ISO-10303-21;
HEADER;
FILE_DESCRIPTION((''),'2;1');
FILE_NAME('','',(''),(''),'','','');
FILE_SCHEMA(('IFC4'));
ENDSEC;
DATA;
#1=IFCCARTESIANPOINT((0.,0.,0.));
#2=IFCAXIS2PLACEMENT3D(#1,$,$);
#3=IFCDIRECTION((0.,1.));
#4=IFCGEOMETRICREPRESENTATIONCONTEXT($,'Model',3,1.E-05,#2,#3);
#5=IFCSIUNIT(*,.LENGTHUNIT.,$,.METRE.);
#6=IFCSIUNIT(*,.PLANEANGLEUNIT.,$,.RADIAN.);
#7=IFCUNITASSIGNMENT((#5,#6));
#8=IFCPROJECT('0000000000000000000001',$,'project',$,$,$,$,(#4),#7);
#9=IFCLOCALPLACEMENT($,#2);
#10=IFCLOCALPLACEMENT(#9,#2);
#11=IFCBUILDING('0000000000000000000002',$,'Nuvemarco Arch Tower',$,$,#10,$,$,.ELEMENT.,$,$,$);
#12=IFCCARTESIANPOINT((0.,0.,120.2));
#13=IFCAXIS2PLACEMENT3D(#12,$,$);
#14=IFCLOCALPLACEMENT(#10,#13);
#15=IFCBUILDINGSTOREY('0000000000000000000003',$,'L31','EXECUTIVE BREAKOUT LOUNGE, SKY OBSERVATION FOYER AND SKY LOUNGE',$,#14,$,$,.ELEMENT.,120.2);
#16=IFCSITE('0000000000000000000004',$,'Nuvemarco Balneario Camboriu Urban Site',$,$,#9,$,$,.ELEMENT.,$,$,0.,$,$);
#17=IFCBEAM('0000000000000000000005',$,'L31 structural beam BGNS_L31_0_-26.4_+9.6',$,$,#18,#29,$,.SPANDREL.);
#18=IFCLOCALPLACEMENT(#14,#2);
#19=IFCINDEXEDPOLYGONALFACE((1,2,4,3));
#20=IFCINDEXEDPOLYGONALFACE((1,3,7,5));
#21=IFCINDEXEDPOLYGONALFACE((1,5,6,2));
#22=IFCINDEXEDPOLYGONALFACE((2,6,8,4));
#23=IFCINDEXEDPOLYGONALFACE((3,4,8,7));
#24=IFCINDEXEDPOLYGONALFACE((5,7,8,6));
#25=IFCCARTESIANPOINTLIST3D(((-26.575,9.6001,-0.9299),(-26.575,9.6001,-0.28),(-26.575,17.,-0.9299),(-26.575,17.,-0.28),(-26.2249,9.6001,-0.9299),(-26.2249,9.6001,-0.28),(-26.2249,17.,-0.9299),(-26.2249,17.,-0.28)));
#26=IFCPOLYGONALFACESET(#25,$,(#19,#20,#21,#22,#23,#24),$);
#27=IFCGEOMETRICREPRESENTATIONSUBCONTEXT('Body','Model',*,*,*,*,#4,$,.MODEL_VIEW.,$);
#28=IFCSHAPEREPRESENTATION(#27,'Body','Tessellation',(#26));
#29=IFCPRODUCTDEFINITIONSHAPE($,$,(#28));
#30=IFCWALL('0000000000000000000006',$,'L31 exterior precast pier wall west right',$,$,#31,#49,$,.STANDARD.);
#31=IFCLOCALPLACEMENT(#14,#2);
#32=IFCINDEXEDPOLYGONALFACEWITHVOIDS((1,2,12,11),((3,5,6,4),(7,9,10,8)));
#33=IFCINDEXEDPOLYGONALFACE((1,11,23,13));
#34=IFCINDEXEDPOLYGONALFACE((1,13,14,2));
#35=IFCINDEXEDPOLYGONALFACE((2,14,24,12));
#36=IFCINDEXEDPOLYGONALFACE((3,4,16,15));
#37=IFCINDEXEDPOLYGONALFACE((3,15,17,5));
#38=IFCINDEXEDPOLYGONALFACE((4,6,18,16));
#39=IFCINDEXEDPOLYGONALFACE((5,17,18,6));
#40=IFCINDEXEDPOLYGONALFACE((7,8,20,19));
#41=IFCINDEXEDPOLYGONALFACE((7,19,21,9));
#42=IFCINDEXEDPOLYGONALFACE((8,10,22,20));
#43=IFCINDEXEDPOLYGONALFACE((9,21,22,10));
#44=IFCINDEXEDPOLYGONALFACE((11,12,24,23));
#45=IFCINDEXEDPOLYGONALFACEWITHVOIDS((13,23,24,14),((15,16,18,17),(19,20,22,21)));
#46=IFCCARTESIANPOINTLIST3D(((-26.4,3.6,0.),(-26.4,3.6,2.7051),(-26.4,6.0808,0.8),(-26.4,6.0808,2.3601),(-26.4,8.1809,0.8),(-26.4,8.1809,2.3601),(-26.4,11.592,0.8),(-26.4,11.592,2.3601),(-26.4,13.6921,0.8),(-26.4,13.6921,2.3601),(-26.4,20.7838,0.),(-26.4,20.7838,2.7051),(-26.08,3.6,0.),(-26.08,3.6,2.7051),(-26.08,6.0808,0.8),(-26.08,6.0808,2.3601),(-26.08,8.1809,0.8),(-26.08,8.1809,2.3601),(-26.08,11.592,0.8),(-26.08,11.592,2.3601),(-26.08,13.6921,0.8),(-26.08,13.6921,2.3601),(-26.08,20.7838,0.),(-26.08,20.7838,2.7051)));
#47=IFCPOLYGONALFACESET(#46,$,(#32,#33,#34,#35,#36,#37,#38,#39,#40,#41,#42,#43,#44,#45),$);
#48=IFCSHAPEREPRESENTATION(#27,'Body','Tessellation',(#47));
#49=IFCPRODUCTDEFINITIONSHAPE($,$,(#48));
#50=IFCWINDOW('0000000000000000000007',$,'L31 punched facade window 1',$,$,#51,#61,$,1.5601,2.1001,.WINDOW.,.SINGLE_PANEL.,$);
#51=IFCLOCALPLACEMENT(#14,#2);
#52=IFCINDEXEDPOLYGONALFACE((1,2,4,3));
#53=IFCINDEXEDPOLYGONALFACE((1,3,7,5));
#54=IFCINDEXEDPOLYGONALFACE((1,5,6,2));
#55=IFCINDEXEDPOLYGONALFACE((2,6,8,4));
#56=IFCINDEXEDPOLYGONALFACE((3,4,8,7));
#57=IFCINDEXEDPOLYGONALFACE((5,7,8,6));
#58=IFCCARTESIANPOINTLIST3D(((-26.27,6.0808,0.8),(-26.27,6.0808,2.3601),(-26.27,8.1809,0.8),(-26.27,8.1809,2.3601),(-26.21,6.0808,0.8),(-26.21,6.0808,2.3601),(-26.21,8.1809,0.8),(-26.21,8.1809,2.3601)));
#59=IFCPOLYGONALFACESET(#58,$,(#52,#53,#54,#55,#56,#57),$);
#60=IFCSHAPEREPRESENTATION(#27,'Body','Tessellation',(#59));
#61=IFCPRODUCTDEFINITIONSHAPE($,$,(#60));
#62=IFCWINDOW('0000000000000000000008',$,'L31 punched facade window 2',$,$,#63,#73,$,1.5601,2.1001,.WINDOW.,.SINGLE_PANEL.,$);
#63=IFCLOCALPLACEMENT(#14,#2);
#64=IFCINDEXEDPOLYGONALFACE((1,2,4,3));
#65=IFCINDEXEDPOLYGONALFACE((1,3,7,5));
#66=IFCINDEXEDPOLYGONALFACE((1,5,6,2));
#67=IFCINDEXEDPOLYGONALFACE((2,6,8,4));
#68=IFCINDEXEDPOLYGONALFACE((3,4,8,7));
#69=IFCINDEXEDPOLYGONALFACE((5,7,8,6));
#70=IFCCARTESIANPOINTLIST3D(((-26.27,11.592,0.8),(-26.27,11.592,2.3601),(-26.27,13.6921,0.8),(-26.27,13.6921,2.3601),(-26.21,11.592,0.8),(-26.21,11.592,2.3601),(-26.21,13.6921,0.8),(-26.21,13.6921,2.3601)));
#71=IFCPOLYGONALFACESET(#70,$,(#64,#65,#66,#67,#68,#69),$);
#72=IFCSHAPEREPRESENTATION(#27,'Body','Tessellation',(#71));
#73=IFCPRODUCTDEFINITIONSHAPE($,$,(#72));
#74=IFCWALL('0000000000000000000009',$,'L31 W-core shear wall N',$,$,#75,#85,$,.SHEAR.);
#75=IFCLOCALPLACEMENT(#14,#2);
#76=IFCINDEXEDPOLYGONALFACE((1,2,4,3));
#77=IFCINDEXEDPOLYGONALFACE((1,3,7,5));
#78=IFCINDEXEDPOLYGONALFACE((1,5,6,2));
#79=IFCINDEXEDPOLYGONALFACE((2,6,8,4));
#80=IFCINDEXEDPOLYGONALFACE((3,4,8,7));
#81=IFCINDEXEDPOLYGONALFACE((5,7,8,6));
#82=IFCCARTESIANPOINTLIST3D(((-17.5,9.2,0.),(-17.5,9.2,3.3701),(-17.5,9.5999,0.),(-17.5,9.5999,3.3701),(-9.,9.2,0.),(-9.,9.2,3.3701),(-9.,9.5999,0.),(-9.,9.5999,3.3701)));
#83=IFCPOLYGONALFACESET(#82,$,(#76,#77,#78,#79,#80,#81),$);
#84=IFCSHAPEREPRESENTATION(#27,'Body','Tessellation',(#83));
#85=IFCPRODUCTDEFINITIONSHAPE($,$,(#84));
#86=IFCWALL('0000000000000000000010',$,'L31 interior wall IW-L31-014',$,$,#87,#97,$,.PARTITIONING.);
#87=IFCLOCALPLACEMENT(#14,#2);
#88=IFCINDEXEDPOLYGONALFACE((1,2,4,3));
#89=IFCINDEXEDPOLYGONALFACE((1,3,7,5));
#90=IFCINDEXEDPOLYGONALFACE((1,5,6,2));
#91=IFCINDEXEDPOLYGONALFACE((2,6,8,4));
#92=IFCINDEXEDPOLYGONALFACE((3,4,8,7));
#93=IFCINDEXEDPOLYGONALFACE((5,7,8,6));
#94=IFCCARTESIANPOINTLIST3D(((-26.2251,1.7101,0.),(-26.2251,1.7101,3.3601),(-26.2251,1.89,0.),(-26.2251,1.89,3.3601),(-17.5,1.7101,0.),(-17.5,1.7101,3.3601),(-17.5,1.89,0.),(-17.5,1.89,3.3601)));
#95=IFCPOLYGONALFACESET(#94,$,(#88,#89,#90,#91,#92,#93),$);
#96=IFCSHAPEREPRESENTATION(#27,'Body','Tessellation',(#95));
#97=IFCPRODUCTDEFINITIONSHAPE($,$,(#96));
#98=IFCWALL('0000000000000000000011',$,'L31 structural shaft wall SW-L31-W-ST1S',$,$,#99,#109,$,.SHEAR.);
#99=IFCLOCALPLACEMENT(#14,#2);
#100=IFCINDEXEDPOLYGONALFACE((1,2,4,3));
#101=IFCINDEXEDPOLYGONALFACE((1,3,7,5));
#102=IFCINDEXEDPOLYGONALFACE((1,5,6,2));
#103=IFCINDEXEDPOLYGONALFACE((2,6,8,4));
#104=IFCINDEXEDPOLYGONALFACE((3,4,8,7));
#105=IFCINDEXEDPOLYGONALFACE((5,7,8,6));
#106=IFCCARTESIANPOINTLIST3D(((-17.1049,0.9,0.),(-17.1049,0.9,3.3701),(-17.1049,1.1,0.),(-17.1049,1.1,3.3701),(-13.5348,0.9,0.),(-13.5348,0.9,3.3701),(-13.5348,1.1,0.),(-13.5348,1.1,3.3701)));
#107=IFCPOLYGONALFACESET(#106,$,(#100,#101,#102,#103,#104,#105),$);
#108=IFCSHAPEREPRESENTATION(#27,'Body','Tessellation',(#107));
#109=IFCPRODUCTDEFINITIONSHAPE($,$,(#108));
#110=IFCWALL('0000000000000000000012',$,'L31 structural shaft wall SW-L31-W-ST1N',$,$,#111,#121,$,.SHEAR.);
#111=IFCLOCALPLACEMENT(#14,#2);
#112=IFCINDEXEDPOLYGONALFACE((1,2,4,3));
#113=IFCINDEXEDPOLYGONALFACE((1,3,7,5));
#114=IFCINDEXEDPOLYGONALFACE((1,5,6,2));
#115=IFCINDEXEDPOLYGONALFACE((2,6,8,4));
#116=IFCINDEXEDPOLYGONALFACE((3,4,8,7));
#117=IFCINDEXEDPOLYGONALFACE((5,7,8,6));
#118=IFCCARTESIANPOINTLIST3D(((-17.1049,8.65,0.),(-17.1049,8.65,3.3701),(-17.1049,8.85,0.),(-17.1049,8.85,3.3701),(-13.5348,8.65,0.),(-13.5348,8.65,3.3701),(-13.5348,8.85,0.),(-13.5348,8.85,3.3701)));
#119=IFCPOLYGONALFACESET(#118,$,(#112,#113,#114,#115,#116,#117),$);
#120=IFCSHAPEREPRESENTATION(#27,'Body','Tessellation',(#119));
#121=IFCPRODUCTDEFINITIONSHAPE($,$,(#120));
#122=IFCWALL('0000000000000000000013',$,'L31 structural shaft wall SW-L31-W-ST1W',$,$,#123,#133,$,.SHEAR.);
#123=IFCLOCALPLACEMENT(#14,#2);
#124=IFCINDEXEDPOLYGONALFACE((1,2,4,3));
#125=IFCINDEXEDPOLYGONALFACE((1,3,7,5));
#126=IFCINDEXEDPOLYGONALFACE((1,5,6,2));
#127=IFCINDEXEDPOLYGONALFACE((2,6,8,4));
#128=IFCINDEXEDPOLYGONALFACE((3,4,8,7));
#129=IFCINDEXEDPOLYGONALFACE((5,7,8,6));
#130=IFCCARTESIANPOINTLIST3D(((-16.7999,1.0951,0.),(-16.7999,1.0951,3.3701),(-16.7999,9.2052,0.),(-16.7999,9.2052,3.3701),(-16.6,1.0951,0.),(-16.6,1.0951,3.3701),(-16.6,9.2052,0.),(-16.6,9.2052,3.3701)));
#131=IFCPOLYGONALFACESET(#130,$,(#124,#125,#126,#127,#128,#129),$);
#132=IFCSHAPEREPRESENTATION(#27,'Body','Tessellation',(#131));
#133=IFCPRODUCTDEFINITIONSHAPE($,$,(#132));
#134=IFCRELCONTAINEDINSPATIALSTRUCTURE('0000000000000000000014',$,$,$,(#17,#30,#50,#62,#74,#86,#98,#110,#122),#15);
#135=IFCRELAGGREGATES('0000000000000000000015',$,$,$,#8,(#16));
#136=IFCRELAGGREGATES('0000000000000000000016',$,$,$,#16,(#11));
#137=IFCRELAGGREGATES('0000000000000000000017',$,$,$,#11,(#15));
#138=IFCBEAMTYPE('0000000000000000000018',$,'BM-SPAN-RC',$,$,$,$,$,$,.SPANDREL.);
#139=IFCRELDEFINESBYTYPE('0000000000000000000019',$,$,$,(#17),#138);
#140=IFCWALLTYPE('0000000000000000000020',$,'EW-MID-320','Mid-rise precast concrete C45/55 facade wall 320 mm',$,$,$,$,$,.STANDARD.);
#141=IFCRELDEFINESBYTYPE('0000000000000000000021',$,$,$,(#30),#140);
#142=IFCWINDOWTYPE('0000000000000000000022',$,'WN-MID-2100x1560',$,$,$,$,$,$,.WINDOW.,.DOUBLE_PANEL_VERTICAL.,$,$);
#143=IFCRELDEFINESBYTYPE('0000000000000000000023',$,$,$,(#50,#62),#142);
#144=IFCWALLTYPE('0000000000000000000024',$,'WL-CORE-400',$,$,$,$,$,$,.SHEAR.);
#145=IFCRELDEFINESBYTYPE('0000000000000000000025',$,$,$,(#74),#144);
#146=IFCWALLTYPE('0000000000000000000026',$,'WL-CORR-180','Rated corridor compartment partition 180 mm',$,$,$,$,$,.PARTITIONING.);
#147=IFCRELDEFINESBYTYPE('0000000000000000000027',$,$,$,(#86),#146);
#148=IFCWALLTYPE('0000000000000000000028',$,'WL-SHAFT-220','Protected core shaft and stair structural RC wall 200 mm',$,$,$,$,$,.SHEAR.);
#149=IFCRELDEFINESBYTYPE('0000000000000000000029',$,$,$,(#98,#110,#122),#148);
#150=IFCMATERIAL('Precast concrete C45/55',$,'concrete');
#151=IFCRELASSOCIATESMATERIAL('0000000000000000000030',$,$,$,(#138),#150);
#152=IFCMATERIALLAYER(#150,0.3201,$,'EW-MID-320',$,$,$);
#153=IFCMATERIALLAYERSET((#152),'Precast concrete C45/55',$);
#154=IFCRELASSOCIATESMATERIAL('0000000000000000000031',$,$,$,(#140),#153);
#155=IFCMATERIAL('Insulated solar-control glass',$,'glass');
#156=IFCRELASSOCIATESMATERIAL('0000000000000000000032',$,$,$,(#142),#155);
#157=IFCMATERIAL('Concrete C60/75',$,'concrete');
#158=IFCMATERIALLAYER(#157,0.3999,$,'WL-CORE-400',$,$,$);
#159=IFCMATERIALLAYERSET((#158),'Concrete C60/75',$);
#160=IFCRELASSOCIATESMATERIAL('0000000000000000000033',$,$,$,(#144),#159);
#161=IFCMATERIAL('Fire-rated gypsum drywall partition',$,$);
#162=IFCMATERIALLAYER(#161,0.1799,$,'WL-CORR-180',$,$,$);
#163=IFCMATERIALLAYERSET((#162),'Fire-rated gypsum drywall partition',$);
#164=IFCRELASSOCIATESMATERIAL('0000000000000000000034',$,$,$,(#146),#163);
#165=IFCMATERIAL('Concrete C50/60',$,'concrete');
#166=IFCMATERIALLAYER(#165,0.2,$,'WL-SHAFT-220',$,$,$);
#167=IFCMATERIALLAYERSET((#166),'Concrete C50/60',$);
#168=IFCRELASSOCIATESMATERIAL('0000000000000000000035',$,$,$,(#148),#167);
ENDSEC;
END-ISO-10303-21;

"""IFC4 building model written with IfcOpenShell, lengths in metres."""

from ifc_helpers import new_model, si_unit, direction, frame, frame_2d, origin, origin_2d, place, context, subcontext, project, spatial, rectangle, extrude, source, transform, mapped, material, layer, layer_set, material_profile, profile_set, type_object, type_shapes, element, fill, save


model = new_model("IFC4")

# Units and contexts
model_context = context("Model", 3, precision=1e-05, world=origin(), true_north=direction((0.0, 1.0)))
body_context = subcontext(model_context, "Body", "Model", "MODEL_VIEW")
ifc_project = project(units=[si_unit("LENGTHUNIT", "METRE"), si_unit("PLANEANGLEUNIT", "RADIAN")], contexts=[model_context])

# Site, building, storey
site_placement = place(None, origin())
site = spatial("IfcSite", under=ifc_project, at=site_placement, Name="Nuvemarco Balneario Camboriu Urban Site", CompositionType="ELEMENT", RefElevation=0.0)
building_placement = place(site_placement, origin())
building = spatial("IfcBuilding", under=site, at=building_placement, Name="Nuvemarco Arch Tower", CompositionType="ELEMENT")
storey_placement = place(building_placement, frame((0.0, 0.0, 120.2)))
storey = spatial("IfcBuildingStorey", under=building, at=storey_placement, Name="L31", Description="EXECUTIVE BREAKOUT LOUNGE, SKY OBSERVATION FOYER AND SKY LOUNGE", CompositionType="ELEMENT", Elevation=120.2)

# Shared definitions
ifc_material_1 = material(Name="Concrete C60/75", Category="concrete")

# Beam
ifc_material_2 = material(Name="Precast concrete C45/55", Category="concrete")
ifc_material_profile_1 = material_profile(ifc_material_2, rectangle(XDim=0.3501, YDim=0.6499, at=origin_2d()), Name="PC-SP-350x650")
ifc_profile_set_1 = profile_set([ifc_material_profile_1], Name="Precast concrete C45/55")
beam_type_1 = type_object("IfcBeamType", Name="BM-SPAN-RC", PredefinedType="SPANDREL", material=ifc_profile_set_1)
beam_1_placement = place(storey_placement, frame((-26.3999, 9.6001, -0.605), z_axis=(0.0, 1.0, 0.0), x_axis=(-1.0, 0.0, 0.0)))
element("IfcBeam", 1, at=beam_1_placement, inside=storey, type_object=beam_type_1, Name="L31 structural beam BGNS_L31_0_-26.4_+9.6", PredefinedType="SPANDREL", context=body_context, shape_type="SweptSolid", body=[
    extrude(rectangle(XDim=0.3501, YDim=0.6499, at=origin_2d()), origin(), (0.0, 0.0, 1.0), 7.3999),
])

# Wall, openings, windows
ifc_layer_1 = layer(ifc_material_2, 0.3201, Name="EW-MID-320")
ifc_layer_set_1 = layer_set([ifc_layer_1], Name="Precast concrete C45/55")
wall_type_1 = type_object("IfcWallType", Name="EW-MID-320", Description="Mid-rise precast concrete C45/55 facade wall 320 mm", PredefinedType="STANDARD", material=ifc_layer_set_1)
wall_1_placement = place(storey_placement, frame((-26.24, 3.6001, 0.0), z_axis=(0.0, 0.0, 1.0), x_axis=(0.0, 1.0, 0.0)))
wall_1 = element("IfcWall", 2, at=wall_1_placement, inside=storey, type_object=wall_type_1, Name="L31 exterior precast pier wall west right", PredefinedType="STANDARD", context=body_context, shape_type="SweptSolid", body=[
    extrude(rectangle(XDim=17.1838, YDim=0.3201, at=frame_2d((8.5918, 0.0))), origin(), (0.0, 0.0, 1.0), 2.7051),
])
opening_1_placement = place(wall_1_placement, frame((2.4807, 0.0, 0.8)))
opening_1 = element("IfcOpeningElement", 3, at=opening_1_placement, cuts=wall_1, PredefinedType="OPENING", context=body_context, shape_type="SweptSolid", body=[
    extrude(rectangle(XDim=2.1001, YDim=1.5601, at=frame_2d((1.05, 0.78))), frame((0.0, 0.1699, 0.0), z_axis=(0.0, -1.0, 0.0), x_axis=(1.0, 0.0, 0.0)), (0.0, 0.0, 1.0), 0.3401),
])
opening_2_placement = place(wall_1_placement, frame((7.9919, 0.0, 0.8)))
opening_2 = element("IfcOpeningElement", 4, at=opening_2_placement, cuts=wall_1, PredefinedType="OPENING", context=body_context, shape_type="SweptSolid", body=[
    extrude(rectangle(XDim=2.1001, YDim=1.5601, at=frame_2d((1.05, 0.78))), frame((0.0, 0.1699, 0.0), z_axis=(0.0, -1.0, 0.0), x_axis=(1.0, 0.0, 0.0)), (0.0, 0.0, 1.0), 0.3401),
])
ifc_material_3 = material(Name="Insulated solar-control glass", Category="glass")
window_type = type_object("IfcWindowType", Name="WN-MID-2100x1560", PartitioningType="DOUBLE_PANEL_VERTICAL", PredefinedType="WINDOW", material=ifc_material_3)
shared_shape_1 = source(origin(), body_context, "Body", "SweptSolid", [
    extrude(rectangle(XDim=2.1001, YDim=1.5601, at=frame_2d((1.05, 0.78))), frame((0.0, 0.03, 0.0), z_axis=(0.0, -1.0, 0.0), x_axis=(1.0, 0.0, 0.0)), (0.0, 0.0, 1.0), 0.0601),
])
type_shapes(window_type, [shared_shape_1])
window_1_placement = place(opening_1_placement, origin())
window_1 = element("IfcWindow", 5, at=window_1_placement, inside=storey, type_object=window_type, Name="L31 punched facade window 1", OverallHeight=1.5601, OverallWidth=2.1001, PartitioningType="SINGLE_PANEL", PredefinedType="WINDOW", context=body_context, shape_type="MappedRepresentation", body=[
    mapped(shared_shape_1, transform((0.0, 0.0, 0.0), scale=1.0)),
])
fill(opening_1, window_1)
window_2_placement = place(opening_2_placement, origin())
window_2 = element("IfcWindow", 6, at=window_2_placement, inside=storey, type_object=window_type, Name="L31 punched facade window 2", OverallHeight=1.5601, OverallWidth=2.1001, PartitioningType="SINGLE_PANEL", PredefinedType="WINDOW", context=body_context, shape_type="MappedRepresentation", body=[
    mapped(shared_shape_1, transform((0.0, 0.0, 0.0), scale=1.0)),
])
fill(opening_2, window_2)

# Walls
ifc_layer_2 = layer(ifc_material_1, 0.3999, Name="WL-CORE-400")
ifc_layer_set_2 = layer_set([ifc_layer_2], Name="Concrete C60/75")
wall_type_2 = type_object("IfcWallType", Name="WL-CORE-400", PredefinedType="SHEAR", material=ifc_layer_set_2)
wall_2_placement = place(storey_placement, frame((-17.5, 9.3999, 0.0), z_axis=(0.0, 0.0, 1.0), x_axis=(1.0, 0.0, 0.0)))
element("IfcWall", 7, at=wall_2_placement, inside=storey, type_object=wall_type_2, Name="L31 W-core shear wall N", PredefinedType="SHEAR", context=body_context, shape_type="SweptSolid", body=[
    extrude(rectangle(XDim=8.5, YDim=0.3999, at=frame_2d((4.25, 0.0))), origin(), (0.0, 0.0, 1.0), 3.3701),
])
ifc_material_4 = material(Name="Fire-rated gypsum drywall partition")
ifc_layer_3 = layer(ifc_material_4, 0.1799, Name="WL-CORR-180")
ifc_layer_set_3 = layer_set([ifc_layer_3], Name="Fire-rated gypsum drywall partition")
wall_type_3 = type_object("IfcWallType", Name="WL-CORR-180", Description="Rated corridor compartment partition 180 mm", PredefinedType="PARTITIONING", material=ifc_layer_set_3)
wall_3_placement = place(storey_placement, frame((-26.2251, 1.8, 0.0), z_axis=(0.0, 0.0, 1.0), x_axis=(1.0, 0.0, 0.0)))
element("IfcWall", 8, at=wall_3_placement, inside=storey, type_object=wall_type_3, Name="L31 interior wall IW-L31-014", PredefinedType="PARTITIONING", context=body_context, shape_type="SweptSolid", body=[
    extrude(rectangle(XDim=8.7251, YDim=0.1799, at=frame_2d((4.3625, 0.0))), origin(), (0.0, 0.0, 1.0), 3.3601),
])
ifc_material_5 = material(Name="Concrete C50/60", Category="concrete")
ifc_layer_4 = layer(ifc_material_5, 0.2, Name="WL-SHAFT-220")
ifc_layer_set_4 = layer_set([ifc_layer_4], Name="Concrete C50/60")
wall_type_4 = type_object("IfcWallType", Name="WL-SHAFT-220", Description="Protected core shaft and stair structural RC wall 200 mm", PredefinedType="SHEAR", material=ifc_layer_set_4)
for number, where, z_axis, x_axis, name in (
    (9, (-17.105, 1.0, 0.0), (0.0, 0.0, 1.0), (1.0, 0.0, 0.0), "L31 structural shaft wall SW-L31-W-ST1S"),
    (10, (-17.105, 8.75, 0.0), (0.0, 0.0, 1.0), (1.0, 0.0, 0.0), "L31 structural shaft wall SW-L31-W-ST1N"),
):
    element("IfcWall", number, at=place(storey_placement, frame(where, z_axis=z_axis, x_axis=x_axis)), inside=storey, type_object=wall_type_4, Name=name, PredefinedType="SHEAR", context=body_context, shape_type="SweptSolid", body=[
        extrude(rectangle(XDim=3.5701, YDim=0.2, at=frame_2d((1.7852, 0.0))), origin(), (0.0, 0.0, 1.0), 3.3701),
    ])
wall_4_placement = place(storey_placement, frame((-16.7, 1.095, 0.0), z_axis=(0.0, 0.0, 1.0), x_axis=(0.0, 1.0, 0.0)))
element("IfcWall", 11, at=wall_4_placement, inside=storey, type_object=wall_type_4, Name="L31 structural shaft wall SW-L31-W-ST1W", PredefinedType="SHEAR", context=body_context, shape_type="SweptSolid", body=[
    extrude(rectangle(XDim=8.1101, YDim=0.2, at=frame_2d((4.0552, 0.0))), origin(), (0.0, 0.0, 1.0), 3.3701),
])

save(model, "model.ifc")
